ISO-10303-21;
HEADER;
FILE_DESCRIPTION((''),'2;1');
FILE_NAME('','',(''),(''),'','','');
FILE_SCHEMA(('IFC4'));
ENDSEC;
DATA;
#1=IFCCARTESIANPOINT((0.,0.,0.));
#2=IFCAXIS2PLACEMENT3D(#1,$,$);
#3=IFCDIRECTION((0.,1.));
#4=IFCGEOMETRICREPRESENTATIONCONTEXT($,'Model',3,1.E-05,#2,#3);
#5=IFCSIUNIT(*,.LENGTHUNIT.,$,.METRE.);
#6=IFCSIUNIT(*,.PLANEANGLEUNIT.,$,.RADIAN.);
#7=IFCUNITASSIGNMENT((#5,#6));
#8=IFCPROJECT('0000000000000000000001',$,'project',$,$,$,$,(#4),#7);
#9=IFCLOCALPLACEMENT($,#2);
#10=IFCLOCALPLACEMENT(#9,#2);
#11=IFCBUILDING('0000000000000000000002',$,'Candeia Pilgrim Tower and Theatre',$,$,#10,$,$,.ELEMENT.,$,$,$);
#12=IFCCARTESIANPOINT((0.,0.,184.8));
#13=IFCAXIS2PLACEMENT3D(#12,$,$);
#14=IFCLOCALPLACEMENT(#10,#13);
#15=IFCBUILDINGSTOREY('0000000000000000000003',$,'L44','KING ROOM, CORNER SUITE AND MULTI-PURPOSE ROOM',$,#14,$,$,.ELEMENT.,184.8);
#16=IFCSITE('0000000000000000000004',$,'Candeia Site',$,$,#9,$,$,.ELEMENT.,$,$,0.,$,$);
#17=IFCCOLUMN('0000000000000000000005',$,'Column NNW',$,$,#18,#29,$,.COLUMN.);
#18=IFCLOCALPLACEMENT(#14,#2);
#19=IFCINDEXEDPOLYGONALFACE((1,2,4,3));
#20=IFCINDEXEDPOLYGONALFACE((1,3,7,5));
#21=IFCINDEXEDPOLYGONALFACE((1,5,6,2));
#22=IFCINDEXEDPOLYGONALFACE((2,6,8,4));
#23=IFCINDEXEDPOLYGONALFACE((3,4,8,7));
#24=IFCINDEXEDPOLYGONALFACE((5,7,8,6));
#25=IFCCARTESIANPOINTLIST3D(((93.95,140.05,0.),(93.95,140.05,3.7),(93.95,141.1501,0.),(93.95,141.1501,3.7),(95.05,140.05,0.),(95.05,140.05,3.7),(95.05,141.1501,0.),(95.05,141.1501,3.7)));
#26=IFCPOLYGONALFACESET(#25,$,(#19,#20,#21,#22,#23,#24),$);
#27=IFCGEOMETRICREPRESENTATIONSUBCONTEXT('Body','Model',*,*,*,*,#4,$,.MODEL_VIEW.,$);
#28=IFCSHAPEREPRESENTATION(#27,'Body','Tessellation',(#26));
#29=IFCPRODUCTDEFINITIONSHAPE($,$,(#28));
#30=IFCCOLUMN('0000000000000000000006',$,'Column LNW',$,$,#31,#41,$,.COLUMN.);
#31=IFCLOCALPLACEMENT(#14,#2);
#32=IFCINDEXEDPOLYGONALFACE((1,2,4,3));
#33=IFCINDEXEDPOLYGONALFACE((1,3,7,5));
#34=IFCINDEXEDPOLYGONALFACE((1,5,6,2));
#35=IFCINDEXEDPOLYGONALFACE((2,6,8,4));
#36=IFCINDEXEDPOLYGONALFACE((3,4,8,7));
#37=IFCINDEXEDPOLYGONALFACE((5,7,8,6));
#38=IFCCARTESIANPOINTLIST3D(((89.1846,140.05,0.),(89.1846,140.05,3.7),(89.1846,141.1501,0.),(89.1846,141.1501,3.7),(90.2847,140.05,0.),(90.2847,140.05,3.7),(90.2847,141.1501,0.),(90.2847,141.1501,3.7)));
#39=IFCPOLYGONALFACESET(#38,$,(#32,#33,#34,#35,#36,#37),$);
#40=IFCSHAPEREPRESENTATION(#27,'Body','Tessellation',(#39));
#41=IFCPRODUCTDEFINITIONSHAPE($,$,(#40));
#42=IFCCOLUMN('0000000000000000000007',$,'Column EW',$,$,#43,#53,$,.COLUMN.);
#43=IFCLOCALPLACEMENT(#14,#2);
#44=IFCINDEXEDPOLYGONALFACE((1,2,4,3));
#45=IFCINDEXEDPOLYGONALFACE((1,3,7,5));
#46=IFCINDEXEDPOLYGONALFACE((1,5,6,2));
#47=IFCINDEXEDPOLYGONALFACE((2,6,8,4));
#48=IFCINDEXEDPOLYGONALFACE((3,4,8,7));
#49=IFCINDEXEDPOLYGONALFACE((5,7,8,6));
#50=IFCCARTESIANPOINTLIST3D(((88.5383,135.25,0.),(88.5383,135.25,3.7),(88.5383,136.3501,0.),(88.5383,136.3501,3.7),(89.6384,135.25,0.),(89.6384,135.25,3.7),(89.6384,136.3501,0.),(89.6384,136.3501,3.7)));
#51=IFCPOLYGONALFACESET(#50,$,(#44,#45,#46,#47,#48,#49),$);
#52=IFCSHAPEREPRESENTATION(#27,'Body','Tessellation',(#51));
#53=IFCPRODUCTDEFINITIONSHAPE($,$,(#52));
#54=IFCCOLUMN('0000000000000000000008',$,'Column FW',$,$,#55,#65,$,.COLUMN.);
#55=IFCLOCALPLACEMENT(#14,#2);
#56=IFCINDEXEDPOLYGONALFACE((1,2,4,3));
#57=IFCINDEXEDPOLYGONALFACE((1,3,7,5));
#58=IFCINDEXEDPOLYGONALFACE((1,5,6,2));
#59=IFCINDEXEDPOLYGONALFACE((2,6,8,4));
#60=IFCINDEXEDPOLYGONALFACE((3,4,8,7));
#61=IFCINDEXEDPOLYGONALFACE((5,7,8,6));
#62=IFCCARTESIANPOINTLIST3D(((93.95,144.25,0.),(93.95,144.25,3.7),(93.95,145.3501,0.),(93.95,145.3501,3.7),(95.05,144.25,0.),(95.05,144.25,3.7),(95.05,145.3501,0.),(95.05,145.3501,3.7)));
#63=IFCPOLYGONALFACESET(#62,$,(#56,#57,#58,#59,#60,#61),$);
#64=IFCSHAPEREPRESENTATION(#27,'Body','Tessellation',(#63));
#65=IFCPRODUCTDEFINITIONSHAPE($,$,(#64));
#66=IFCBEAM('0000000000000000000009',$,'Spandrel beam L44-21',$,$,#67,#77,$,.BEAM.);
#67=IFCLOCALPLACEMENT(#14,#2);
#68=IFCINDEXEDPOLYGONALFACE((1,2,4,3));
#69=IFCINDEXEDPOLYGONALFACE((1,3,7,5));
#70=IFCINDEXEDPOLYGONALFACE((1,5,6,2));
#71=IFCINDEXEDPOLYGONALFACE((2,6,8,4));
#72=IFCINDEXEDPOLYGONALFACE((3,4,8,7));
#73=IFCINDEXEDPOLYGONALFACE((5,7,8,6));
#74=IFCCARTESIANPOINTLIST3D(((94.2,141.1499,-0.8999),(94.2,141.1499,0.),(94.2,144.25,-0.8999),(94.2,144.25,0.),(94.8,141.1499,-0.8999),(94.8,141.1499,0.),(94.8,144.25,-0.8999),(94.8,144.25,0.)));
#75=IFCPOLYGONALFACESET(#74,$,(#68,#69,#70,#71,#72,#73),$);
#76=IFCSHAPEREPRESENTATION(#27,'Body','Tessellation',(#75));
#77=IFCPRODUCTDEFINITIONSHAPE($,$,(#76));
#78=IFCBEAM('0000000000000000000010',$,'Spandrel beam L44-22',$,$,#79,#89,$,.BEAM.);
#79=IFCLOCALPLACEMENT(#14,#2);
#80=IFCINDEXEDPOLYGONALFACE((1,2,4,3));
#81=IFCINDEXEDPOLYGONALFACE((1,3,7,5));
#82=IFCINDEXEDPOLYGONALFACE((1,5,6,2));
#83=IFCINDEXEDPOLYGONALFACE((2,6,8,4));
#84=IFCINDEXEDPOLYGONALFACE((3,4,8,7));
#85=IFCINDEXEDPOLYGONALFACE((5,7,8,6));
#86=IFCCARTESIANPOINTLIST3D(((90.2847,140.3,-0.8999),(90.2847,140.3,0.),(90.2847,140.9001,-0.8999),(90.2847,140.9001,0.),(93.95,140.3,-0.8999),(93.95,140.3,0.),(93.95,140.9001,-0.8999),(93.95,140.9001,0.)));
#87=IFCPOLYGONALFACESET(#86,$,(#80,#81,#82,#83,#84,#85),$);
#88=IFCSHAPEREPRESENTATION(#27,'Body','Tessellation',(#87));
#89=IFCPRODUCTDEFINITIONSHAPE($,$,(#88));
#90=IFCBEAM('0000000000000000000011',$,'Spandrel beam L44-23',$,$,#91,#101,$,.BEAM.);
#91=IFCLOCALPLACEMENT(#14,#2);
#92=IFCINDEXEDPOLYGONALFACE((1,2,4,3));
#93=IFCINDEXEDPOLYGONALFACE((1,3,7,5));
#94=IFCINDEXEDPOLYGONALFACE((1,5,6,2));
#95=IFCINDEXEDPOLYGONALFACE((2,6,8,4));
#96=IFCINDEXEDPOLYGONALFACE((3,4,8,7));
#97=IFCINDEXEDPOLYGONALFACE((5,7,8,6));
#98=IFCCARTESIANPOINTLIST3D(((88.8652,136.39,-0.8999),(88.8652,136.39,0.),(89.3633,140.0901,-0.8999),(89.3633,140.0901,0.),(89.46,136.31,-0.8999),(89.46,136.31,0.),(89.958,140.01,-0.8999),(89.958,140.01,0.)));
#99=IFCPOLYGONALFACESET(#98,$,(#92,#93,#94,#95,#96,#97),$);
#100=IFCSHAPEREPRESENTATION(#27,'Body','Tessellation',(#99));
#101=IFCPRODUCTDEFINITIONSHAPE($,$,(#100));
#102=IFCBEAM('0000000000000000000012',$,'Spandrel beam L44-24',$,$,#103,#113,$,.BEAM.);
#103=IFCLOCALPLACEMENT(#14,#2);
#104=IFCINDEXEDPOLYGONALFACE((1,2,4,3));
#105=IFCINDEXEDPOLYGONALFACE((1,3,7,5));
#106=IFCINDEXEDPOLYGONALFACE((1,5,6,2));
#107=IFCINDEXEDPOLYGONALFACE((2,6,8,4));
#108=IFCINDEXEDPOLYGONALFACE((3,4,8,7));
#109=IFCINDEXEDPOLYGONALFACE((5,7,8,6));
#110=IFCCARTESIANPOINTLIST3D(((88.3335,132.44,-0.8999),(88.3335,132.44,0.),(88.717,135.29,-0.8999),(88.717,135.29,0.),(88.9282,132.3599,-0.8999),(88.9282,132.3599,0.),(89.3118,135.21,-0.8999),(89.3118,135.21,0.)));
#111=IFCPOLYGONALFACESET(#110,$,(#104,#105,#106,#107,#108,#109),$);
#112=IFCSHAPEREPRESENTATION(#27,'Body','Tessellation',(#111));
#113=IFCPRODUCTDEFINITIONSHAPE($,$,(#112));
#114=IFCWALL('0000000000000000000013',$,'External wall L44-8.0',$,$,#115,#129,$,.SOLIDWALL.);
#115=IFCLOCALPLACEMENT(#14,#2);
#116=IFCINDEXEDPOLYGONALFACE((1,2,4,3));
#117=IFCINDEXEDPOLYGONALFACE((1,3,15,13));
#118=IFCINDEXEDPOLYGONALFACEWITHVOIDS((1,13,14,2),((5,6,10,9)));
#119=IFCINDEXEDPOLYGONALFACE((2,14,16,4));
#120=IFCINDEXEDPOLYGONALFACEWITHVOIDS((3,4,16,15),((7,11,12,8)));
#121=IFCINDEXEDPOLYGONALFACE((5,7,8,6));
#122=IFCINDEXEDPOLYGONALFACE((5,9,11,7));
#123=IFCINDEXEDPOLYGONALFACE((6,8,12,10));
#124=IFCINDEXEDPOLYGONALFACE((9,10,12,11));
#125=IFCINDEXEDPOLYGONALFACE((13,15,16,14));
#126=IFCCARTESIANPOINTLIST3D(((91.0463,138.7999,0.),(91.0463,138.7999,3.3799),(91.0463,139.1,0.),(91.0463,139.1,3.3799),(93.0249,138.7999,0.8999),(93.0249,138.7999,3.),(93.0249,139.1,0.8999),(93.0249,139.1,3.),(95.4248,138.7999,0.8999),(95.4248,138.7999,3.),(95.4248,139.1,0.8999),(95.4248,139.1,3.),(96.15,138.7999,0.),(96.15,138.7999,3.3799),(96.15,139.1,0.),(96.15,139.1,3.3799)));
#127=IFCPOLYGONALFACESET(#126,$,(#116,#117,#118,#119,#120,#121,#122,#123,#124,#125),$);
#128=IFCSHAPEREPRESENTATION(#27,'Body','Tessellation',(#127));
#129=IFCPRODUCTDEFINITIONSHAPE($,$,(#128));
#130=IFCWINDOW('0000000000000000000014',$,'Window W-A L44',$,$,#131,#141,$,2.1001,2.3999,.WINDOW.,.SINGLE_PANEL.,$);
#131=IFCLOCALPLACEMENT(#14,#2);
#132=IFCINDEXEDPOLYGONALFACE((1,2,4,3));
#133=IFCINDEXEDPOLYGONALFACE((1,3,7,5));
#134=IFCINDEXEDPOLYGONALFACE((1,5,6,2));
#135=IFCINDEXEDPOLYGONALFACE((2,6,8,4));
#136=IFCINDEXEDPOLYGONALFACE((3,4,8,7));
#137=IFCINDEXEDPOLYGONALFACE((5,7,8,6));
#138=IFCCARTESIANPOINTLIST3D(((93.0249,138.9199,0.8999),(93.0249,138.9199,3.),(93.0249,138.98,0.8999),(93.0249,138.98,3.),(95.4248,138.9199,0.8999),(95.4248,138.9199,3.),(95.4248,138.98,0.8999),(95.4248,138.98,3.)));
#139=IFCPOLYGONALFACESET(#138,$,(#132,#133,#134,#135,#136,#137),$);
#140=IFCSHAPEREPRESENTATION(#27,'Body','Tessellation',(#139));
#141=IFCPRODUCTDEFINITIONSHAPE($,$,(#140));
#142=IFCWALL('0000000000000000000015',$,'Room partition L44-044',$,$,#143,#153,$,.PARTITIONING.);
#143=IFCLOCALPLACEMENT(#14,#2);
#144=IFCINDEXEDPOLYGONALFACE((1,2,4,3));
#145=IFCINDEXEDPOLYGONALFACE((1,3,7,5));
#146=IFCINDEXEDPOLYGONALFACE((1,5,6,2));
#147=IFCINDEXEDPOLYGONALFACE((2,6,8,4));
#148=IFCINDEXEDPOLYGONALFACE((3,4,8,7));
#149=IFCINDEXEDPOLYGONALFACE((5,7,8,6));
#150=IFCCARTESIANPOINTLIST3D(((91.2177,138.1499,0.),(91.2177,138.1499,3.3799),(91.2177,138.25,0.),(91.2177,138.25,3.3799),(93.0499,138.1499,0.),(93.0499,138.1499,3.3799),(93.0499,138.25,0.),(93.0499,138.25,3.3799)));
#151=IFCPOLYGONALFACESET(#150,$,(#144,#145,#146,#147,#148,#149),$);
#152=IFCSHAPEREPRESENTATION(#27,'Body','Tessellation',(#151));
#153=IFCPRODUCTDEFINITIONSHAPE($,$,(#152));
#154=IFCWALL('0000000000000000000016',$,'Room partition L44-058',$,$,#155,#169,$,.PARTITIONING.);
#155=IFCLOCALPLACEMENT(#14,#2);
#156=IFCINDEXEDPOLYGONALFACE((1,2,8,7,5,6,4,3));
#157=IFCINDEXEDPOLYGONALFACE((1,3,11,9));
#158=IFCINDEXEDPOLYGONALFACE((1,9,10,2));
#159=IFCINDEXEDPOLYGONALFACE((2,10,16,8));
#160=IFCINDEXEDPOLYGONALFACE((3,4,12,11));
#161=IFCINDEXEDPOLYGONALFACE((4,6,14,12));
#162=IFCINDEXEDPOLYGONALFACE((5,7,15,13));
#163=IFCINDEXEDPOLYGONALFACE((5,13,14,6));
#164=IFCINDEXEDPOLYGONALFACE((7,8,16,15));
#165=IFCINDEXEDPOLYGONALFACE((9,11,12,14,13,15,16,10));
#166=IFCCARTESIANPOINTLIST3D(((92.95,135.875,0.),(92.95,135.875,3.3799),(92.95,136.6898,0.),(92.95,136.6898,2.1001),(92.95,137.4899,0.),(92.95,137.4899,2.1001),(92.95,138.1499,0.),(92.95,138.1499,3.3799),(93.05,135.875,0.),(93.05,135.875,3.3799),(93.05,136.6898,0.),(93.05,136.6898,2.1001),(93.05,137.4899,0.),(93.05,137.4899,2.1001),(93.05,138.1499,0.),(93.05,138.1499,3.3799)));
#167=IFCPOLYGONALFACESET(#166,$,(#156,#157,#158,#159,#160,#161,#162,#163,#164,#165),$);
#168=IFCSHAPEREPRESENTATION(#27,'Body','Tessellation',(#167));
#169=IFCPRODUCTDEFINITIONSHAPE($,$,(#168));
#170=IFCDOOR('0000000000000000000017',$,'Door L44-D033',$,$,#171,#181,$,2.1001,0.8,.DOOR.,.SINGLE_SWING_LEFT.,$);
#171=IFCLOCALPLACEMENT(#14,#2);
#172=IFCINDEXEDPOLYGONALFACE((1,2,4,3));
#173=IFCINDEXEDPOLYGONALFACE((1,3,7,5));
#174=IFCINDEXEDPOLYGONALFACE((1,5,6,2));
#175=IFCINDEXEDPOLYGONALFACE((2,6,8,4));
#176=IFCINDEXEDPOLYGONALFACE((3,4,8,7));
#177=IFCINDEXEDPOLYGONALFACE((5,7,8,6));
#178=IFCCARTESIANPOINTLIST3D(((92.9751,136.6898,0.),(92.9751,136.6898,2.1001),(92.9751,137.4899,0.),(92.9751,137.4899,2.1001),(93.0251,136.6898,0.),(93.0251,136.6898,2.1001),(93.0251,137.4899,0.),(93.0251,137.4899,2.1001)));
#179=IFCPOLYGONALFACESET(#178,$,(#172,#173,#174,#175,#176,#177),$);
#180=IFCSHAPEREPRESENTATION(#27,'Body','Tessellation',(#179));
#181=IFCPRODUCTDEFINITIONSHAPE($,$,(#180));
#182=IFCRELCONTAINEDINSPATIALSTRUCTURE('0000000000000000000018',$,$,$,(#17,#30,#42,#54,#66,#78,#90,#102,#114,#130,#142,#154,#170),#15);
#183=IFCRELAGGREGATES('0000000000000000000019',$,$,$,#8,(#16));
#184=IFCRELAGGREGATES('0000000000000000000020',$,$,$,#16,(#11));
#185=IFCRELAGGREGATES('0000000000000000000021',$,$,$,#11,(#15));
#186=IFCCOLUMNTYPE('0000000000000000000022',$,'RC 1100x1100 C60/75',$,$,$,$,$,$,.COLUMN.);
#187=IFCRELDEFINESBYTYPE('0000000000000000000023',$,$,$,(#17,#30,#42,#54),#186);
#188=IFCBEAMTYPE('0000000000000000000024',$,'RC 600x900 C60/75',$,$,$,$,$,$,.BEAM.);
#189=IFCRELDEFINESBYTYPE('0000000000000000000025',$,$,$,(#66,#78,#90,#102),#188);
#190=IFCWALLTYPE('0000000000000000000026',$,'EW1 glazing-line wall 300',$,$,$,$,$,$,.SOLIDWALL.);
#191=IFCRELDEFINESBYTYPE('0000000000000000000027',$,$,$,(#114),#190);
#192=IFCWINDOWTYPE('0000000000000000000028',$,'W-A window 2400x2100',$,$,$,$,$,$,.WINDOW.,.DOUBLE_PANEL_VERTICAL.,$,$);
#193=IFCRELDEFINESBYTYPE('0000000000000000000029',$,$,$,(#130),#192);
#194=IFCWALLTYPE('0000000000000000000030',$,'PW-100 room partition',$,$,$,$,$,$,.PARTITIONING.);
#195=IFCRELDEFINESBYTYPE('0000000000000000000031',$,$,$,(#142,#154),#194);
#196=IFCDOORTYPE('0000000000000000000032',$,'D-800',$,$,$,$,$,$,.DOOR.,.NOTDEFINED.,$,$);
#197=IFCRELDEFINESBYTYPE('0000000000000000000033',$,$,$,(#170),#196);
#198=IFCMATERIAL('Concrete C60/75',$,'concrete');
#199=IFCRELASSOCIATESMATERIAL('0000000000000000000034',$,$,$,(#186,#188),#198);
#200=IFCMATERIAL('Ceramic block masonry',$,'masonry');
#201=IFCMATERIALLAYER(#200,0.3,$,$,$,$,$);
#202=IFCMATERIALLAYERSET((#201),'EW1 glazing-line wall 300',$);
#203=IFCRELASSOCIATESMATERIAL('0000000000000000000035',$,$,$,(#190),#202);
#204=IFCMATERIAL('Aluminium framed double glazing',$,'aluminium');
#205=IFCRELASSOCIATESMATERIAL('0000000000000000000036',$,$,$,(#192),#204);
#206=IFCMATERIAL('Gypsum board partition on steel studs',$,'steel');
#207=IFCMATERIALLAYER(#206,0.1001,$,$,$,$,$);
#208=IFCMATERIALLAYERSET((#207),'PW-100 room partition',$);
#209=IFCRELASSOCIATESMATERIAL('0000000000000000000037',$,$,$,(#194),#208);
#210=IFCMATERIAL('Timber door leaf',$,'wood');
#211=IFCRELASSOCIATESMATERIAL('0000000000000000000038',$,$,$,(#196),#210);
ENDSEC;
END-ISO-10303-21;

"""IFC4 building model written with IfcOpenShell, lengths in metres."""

from ifc_helpers import new_model, si_unit, direction, frame, frame_2d, origin, origin_2d, place, context, subcontext, project, spatial, rectangle, extrude, material, layer, layer_set, material_profile, profile_set, type_object, element, fill, save


model = new_model("IFC4")

# Units and contexts
model_context = context("Model", 3, precision=1e-05, world=origin(), true_north=direction((0.0, 1.0)))
body_context = subcontext(model_context, "Body", "Model", "MODEL_VIEW")
ifc_project = project(units=[si_unit("LENGTHUNIT", "METRE"), si_unit("PLANEANGLEUNIT", "RADIAN")], contexts=[model_context])

# Site, building, storey
site_placement = place(None, origin())
site = spatial("IfcSite", under=ifc_project, at=site_placement, Name="Candeia Site", CompositionType="ELEMENT", RefElevation=0.0)
building_placement = place(site_placement, origin())
building = spatial("IfcBuilding", under=site, at=building_placement, Name="Candeia Pilgrim Tower and Theatre", CompositionType="ELEMENT")
storey_placement = place(building_placement, frame((0.0, 0.0, 184.8)))
storey = spatial("IfcBuildingStorey", under=building, at=storey_placement, Name="L44", Description="KING ROOM, CORNER SUITE AND MULTI-PURPOSE ROOM", CompositionType="ELEMENT", Elevation=184.8)

# Columns
ifc_material_1 = material(Name="Concrete C60/75", Category="concrete")
ifc_material_profile_1 = material_profile(ifc_material_1, rectangle(XDim=1.1001, YDim=1.1001, at=origin_2d()))
ifc_profile_set_1 = profile_set([ifc_material_profile_1], Name="Concrete C60/75")
column_type = type_object("IfcColumnType", Name="RC 1100x1100 C60/75", PredefinedType="COLUMN", material=ifc_profile_set_1)
for number, where, z_axis, x_axis, name in (
    (1, (94.5, 140.6001, 0.0), (0.0, 0.0, 1.0), (1.0, 0.0, 0.0), "Column NNW"),
    (2, (89.7346, 140.6001, 0.0), (0.0, 0.0, 1.0), (1.0, 0.0, 0.0), "Column LNW"),
    (3, (89.0884, 135.8, 0.0), (0.0, 0.0, 1.0), (1.0, 0.0, 0.0), "Column EW"),
    (4, (94.5, 144.8, 0.0), (0.0, 0.0, 1.0), (1.0, 0.0, 0.0), "Column FW"),
):
    element("IfcColumn", number, at=place(storey_placement, frame(where, z_axis=z_axis, x_axis=x_axis)), inside=storey, type_object=column_type, Name=name, PredefinedType="COLUMN", context=body_context, shape_type="SweptSolid", body=[
        extrude(rectangle(XDim=1.1001, YDim=1.1001, at=origin_2d()), origin(), (0.0, 0.0, 1.0), 3.7),
    ])

# Beams
ifc_material_profile_2 = material_profile(ifc_material_1, rectangle(XDim=0.6001, YDim=0.8999, at=origin_2d()))
ifc_profile_set_2 = profile_set([ifc_material_profile_2], Name="Concrete C60/75")
beam_type = type_object("IfcBeamType", Name="RC 600x900 C60/75", PredefinedType="BEAM", material=ifc_profile_set_2)
beam_1_placement = place(storey_placement, frame((94.5, 144.25, -0.45), z_axis=(0.0, -1.0, 0.0), x_axis=(1.0, 0.0, 0.0)))
element("IfcBeam", 5, at=beam_1_placement, inside=storey, type_object=beam_type, Name="Spandrel beam L44-21", PredefinedType="BEAM", context=body_context, shape_type="SweptSolid", body=[
    extrude(rectangle(XDim=0.6001, YDim=0.8999, at=origin_2d()), origin(), (0.0, 0.0, 1.0), 3.1001),
])
beam_2_placement = place(storey_placement, frame((93.95, 140.6001, -0.45), z_axis=(-1.0, 0.0, 0.0), x_axis=(0.0, -1.0, 0.0)))
element("IfcBeam", 6, at=beam_2_placement, inside=storey, type_object=beam_type, Name="Spandrel beam L44-22", PredefinedType="BEAM", context=body_context, shape_type="SweptSolid", body=[
    extrude(rectangle(XDim=0.6001, YDim=0.8999, at=origin_2d()), origin(), (0.0, 0.0, 1.0), 3.6653),
])
beam_3_placement = place(storey_placement, frame((89.6606, 140.05, -0.45), z_axis=(-0.133406, -0.991061, 0.0), x_axis=(0.991061, -0.133406, 0.0)))
element("IfcBeam", 7, at=beam_3_placement, inside=storey, type_object=beam_type, Name="Spandrel beam L44-23", PredefinedType="BEAM", context=body_context, shape_type="SweptSolid", body=[
    extrude(rectangle(XDim=0.6001, YDim=0.8999, at=origin_2d()), origin(), (0.0, 0.0, 1.0), 3.7334),
])
beam_4_placement = place(storey_placement, frame((89.0144, 135.25, -0.45), z_axis=(-0.13337, -0.991066, 0.0), x_axis=(0.991066, -0.13337, 0.0)))
element("IfcBeam", 8, at=beam_4_placement, inside=storey, type_object=beam_type, Name="Spandrel beam L44-24", PredefinedType="BEAM", context=body_context, shape_type="SweptSolid", body=[
    extrude(rectangle(XDim=0.6001, YDim=0.8999, at=origin_2d()), origin(), (0.0, 0.0, 1.0), 2.8757),
])

# Wall, opening, window
ifc_material_2 = material(Name="Ceramic block masonry", Category="masonry")
ifc_layer_1 = layer(ifc_material_2, 0.3)
ifc_layer_set_1 = layer_set([ifc_layer_1], Name="EW1 glazing-line wall 300")
wall_type_1 = type_object("IfcWallType", Name="EW1 glazing-line wall 300", PredefinedType="SOLIDWALL", material=ifc_layer_set_1)
wall_1_placement = place(storey_placement, frame((96.1499, 138.95, 0.0), z_axis=(0.0, 0.0, 1.0), x_axis=(-1.0, 0.0, 0.0)))
wall_1 = element("IfcWall", 9, at=wall_1_placement, inside=storey, type_object=wall_type_1, Name="External wall L44-8.0", PredefinedType="SOLIDWALL", context=body_context, shape_type="SweptSolid", body=[
    extrude(rectangle(XDim=5.1038, YDim=0.3, at=frame_2d((2.5518, 0.0))), origin(), (0.0, 0.0, 1.0), 3.3799),
])
opening_1_placement = place(wall_1_placement, frame((0.7251, 0.0, 0.8999)))
opening_1 = element("IfcOpeningElement", 10, at=opening_1_placement, cuts=wall_1, PredefinedType="OPENING", context=body_context, shape_type="SweptSolid", body=[
    extrude(rectangle(XDim=2.3999, YDim=2.1001, at=frame_2d((1.2, 1.05))), frame((0.0, 0.1602, 0.0), z_axis=(0.0, -1.0, 0.0), x_axis=(1.0, 0.0, 0.0)), (0.0, 0.0, 1.0), 0.3201),
])
ifc_material_3 = material(Name="Aluminium framed double glazing", Category="aluminium")
window_type_1 = type_object("IfcWindowType", Name="W-A window 2400x2100", PartitioningType="DOUBLE_PANEL_VERTICAL", PredefinedType="WINDOW", material=ifc_material_3)
window_1_placement = place(opening_1_placement, origin())
window_1 = element("IfcWindow", 11, at=window_1_placement, inside=storey, type_object=window_type_1, Name="Window W-A L44", OverallHeight=2.1001, OverallWidth=2.3999, PartitioningType="SINGLE_PANEL", PredefinedType="WINDOW", context=body_context, shape_type="SweptSolid", body=[
    extrude(rectangle(XDim=2.3999, YDim=2.1001, at=frame_2d((1.2, 1.05))), frame((0.0, 0.03, 0.0), z_axis=(0.0, -1.0, 0.0), x_axis=(1.0, 0.0, 0.0)), (0.0, 0.0, 1.0), 0.0601),
])
fill(opening_1, window_1)

# Wall
ifc_material_4 = material(Name="Gypsum board partition on steel studs", Category="steel")
ifc_layer_2 = layer(ifc_material_4, 0.1001)
ifc_layer_set_2 = layer_set([ifc_layer_2], Name="PW-100 room partition")
wall_type_2 = type_object("IfcWallType", Name="PW-100 room partition", PredefinedType="PARTITIONING", material=ifc_layer_set_2)
wall_2_placement = place(storey_placement, frame((91.2178, 138.2, 0.0), z_axis=(0.0, 0.0, 1.0), x_axis=(1.0, 0.0, 0.0)))
element("IfcWall", 12, at=wall_2_placement, inside=storey, type_object=wall_type_2, Name="Room partition L44-044", PredefinedType="PARTITIONING", context=body_context, shape_type="SweptSolid", body=[
    extrude(rectangle(XDim=1.8323, YDim=0.1001, at=frame_2d((0.916, 0.0))), origin(), (0.0, 0.0, 1.0), 3.3799),
])

# Wall, opening, door
wall_3_placement = place(storey_placement, frame((93.0, 135.875, 0.0), z_axis=(0.0, 0.0, 1.0), x_axis=(0.0, 1.0, 0.0)))
wall_3 = element("IfcWall", 13, at=wall_3_placement, inside=storey, type_object=wall_type_2, Name="Room partition L44-058", PredefinedType="PARTITIONING", context=body_context, shape_type="SweptSolid", body=[
    extrude(rectangle(XDim=2.2749, YDim=0.1001, at=frame_2d((1.1375, 0.0))), origin(), (0.0, 0.0, 1.0), 3.3799),
])
opening_2_placement = place(wall_3_placement, frame((0.8149, 0.0, 0.0)))
opening_2 = element("IfcOpeningElement", 14, at=opening_2_placement, cuts=wall_3, PredefinedType="OPENING", context=body_context, shape_type="SweptSolid", body=[
    extrude(rectangle(XDim=0.8, YDim=2.1001, at=frame_2d((0.3999, 1.05))), frame((0.0, 0.0601, 0.0), z_axis=(0.0, -1.0, 0.0), x_axis=(1.0, 0.0, 0.0)), (0.0, 0.0, 1.0), 0.1201),
])
ifc_material_5 = material(Name="Timber door leaf", Category="wood")
door_type_1 = type_object("IfcDoorType", Name="D-800", OperationType="NOTDEFINED", PredefinedType="DOOR", material=ifc_material_5)
door_1_placement = place(opening_2_placement, origin())
door_1 = element("IfcDoor", 15, at=door_1_placement, inside=storey, type_object=door_type_1, Name="Door L44-D033", OperationType="SINGLE_SWING_LEFT", OverallHeight=2.1001, OverallWidth=0.8, PredefinedType="DOOR", context=body_context, shape_type="SweptSolid", body=[
    extrude(rectangle(XDim=0.8, YDim=2.1001, at=frame_2d((0.3999, 1.05))), frame((0.0, 0.0249, 0.0), z_axis=(0.0, -1.0, 0.0), x_axis=(1.0, 0.0, 0.0)), (0.0, 0.0, 1.0), 0.05),
])
fill(opening_2, door_1)

save(model, "model.ifc")
